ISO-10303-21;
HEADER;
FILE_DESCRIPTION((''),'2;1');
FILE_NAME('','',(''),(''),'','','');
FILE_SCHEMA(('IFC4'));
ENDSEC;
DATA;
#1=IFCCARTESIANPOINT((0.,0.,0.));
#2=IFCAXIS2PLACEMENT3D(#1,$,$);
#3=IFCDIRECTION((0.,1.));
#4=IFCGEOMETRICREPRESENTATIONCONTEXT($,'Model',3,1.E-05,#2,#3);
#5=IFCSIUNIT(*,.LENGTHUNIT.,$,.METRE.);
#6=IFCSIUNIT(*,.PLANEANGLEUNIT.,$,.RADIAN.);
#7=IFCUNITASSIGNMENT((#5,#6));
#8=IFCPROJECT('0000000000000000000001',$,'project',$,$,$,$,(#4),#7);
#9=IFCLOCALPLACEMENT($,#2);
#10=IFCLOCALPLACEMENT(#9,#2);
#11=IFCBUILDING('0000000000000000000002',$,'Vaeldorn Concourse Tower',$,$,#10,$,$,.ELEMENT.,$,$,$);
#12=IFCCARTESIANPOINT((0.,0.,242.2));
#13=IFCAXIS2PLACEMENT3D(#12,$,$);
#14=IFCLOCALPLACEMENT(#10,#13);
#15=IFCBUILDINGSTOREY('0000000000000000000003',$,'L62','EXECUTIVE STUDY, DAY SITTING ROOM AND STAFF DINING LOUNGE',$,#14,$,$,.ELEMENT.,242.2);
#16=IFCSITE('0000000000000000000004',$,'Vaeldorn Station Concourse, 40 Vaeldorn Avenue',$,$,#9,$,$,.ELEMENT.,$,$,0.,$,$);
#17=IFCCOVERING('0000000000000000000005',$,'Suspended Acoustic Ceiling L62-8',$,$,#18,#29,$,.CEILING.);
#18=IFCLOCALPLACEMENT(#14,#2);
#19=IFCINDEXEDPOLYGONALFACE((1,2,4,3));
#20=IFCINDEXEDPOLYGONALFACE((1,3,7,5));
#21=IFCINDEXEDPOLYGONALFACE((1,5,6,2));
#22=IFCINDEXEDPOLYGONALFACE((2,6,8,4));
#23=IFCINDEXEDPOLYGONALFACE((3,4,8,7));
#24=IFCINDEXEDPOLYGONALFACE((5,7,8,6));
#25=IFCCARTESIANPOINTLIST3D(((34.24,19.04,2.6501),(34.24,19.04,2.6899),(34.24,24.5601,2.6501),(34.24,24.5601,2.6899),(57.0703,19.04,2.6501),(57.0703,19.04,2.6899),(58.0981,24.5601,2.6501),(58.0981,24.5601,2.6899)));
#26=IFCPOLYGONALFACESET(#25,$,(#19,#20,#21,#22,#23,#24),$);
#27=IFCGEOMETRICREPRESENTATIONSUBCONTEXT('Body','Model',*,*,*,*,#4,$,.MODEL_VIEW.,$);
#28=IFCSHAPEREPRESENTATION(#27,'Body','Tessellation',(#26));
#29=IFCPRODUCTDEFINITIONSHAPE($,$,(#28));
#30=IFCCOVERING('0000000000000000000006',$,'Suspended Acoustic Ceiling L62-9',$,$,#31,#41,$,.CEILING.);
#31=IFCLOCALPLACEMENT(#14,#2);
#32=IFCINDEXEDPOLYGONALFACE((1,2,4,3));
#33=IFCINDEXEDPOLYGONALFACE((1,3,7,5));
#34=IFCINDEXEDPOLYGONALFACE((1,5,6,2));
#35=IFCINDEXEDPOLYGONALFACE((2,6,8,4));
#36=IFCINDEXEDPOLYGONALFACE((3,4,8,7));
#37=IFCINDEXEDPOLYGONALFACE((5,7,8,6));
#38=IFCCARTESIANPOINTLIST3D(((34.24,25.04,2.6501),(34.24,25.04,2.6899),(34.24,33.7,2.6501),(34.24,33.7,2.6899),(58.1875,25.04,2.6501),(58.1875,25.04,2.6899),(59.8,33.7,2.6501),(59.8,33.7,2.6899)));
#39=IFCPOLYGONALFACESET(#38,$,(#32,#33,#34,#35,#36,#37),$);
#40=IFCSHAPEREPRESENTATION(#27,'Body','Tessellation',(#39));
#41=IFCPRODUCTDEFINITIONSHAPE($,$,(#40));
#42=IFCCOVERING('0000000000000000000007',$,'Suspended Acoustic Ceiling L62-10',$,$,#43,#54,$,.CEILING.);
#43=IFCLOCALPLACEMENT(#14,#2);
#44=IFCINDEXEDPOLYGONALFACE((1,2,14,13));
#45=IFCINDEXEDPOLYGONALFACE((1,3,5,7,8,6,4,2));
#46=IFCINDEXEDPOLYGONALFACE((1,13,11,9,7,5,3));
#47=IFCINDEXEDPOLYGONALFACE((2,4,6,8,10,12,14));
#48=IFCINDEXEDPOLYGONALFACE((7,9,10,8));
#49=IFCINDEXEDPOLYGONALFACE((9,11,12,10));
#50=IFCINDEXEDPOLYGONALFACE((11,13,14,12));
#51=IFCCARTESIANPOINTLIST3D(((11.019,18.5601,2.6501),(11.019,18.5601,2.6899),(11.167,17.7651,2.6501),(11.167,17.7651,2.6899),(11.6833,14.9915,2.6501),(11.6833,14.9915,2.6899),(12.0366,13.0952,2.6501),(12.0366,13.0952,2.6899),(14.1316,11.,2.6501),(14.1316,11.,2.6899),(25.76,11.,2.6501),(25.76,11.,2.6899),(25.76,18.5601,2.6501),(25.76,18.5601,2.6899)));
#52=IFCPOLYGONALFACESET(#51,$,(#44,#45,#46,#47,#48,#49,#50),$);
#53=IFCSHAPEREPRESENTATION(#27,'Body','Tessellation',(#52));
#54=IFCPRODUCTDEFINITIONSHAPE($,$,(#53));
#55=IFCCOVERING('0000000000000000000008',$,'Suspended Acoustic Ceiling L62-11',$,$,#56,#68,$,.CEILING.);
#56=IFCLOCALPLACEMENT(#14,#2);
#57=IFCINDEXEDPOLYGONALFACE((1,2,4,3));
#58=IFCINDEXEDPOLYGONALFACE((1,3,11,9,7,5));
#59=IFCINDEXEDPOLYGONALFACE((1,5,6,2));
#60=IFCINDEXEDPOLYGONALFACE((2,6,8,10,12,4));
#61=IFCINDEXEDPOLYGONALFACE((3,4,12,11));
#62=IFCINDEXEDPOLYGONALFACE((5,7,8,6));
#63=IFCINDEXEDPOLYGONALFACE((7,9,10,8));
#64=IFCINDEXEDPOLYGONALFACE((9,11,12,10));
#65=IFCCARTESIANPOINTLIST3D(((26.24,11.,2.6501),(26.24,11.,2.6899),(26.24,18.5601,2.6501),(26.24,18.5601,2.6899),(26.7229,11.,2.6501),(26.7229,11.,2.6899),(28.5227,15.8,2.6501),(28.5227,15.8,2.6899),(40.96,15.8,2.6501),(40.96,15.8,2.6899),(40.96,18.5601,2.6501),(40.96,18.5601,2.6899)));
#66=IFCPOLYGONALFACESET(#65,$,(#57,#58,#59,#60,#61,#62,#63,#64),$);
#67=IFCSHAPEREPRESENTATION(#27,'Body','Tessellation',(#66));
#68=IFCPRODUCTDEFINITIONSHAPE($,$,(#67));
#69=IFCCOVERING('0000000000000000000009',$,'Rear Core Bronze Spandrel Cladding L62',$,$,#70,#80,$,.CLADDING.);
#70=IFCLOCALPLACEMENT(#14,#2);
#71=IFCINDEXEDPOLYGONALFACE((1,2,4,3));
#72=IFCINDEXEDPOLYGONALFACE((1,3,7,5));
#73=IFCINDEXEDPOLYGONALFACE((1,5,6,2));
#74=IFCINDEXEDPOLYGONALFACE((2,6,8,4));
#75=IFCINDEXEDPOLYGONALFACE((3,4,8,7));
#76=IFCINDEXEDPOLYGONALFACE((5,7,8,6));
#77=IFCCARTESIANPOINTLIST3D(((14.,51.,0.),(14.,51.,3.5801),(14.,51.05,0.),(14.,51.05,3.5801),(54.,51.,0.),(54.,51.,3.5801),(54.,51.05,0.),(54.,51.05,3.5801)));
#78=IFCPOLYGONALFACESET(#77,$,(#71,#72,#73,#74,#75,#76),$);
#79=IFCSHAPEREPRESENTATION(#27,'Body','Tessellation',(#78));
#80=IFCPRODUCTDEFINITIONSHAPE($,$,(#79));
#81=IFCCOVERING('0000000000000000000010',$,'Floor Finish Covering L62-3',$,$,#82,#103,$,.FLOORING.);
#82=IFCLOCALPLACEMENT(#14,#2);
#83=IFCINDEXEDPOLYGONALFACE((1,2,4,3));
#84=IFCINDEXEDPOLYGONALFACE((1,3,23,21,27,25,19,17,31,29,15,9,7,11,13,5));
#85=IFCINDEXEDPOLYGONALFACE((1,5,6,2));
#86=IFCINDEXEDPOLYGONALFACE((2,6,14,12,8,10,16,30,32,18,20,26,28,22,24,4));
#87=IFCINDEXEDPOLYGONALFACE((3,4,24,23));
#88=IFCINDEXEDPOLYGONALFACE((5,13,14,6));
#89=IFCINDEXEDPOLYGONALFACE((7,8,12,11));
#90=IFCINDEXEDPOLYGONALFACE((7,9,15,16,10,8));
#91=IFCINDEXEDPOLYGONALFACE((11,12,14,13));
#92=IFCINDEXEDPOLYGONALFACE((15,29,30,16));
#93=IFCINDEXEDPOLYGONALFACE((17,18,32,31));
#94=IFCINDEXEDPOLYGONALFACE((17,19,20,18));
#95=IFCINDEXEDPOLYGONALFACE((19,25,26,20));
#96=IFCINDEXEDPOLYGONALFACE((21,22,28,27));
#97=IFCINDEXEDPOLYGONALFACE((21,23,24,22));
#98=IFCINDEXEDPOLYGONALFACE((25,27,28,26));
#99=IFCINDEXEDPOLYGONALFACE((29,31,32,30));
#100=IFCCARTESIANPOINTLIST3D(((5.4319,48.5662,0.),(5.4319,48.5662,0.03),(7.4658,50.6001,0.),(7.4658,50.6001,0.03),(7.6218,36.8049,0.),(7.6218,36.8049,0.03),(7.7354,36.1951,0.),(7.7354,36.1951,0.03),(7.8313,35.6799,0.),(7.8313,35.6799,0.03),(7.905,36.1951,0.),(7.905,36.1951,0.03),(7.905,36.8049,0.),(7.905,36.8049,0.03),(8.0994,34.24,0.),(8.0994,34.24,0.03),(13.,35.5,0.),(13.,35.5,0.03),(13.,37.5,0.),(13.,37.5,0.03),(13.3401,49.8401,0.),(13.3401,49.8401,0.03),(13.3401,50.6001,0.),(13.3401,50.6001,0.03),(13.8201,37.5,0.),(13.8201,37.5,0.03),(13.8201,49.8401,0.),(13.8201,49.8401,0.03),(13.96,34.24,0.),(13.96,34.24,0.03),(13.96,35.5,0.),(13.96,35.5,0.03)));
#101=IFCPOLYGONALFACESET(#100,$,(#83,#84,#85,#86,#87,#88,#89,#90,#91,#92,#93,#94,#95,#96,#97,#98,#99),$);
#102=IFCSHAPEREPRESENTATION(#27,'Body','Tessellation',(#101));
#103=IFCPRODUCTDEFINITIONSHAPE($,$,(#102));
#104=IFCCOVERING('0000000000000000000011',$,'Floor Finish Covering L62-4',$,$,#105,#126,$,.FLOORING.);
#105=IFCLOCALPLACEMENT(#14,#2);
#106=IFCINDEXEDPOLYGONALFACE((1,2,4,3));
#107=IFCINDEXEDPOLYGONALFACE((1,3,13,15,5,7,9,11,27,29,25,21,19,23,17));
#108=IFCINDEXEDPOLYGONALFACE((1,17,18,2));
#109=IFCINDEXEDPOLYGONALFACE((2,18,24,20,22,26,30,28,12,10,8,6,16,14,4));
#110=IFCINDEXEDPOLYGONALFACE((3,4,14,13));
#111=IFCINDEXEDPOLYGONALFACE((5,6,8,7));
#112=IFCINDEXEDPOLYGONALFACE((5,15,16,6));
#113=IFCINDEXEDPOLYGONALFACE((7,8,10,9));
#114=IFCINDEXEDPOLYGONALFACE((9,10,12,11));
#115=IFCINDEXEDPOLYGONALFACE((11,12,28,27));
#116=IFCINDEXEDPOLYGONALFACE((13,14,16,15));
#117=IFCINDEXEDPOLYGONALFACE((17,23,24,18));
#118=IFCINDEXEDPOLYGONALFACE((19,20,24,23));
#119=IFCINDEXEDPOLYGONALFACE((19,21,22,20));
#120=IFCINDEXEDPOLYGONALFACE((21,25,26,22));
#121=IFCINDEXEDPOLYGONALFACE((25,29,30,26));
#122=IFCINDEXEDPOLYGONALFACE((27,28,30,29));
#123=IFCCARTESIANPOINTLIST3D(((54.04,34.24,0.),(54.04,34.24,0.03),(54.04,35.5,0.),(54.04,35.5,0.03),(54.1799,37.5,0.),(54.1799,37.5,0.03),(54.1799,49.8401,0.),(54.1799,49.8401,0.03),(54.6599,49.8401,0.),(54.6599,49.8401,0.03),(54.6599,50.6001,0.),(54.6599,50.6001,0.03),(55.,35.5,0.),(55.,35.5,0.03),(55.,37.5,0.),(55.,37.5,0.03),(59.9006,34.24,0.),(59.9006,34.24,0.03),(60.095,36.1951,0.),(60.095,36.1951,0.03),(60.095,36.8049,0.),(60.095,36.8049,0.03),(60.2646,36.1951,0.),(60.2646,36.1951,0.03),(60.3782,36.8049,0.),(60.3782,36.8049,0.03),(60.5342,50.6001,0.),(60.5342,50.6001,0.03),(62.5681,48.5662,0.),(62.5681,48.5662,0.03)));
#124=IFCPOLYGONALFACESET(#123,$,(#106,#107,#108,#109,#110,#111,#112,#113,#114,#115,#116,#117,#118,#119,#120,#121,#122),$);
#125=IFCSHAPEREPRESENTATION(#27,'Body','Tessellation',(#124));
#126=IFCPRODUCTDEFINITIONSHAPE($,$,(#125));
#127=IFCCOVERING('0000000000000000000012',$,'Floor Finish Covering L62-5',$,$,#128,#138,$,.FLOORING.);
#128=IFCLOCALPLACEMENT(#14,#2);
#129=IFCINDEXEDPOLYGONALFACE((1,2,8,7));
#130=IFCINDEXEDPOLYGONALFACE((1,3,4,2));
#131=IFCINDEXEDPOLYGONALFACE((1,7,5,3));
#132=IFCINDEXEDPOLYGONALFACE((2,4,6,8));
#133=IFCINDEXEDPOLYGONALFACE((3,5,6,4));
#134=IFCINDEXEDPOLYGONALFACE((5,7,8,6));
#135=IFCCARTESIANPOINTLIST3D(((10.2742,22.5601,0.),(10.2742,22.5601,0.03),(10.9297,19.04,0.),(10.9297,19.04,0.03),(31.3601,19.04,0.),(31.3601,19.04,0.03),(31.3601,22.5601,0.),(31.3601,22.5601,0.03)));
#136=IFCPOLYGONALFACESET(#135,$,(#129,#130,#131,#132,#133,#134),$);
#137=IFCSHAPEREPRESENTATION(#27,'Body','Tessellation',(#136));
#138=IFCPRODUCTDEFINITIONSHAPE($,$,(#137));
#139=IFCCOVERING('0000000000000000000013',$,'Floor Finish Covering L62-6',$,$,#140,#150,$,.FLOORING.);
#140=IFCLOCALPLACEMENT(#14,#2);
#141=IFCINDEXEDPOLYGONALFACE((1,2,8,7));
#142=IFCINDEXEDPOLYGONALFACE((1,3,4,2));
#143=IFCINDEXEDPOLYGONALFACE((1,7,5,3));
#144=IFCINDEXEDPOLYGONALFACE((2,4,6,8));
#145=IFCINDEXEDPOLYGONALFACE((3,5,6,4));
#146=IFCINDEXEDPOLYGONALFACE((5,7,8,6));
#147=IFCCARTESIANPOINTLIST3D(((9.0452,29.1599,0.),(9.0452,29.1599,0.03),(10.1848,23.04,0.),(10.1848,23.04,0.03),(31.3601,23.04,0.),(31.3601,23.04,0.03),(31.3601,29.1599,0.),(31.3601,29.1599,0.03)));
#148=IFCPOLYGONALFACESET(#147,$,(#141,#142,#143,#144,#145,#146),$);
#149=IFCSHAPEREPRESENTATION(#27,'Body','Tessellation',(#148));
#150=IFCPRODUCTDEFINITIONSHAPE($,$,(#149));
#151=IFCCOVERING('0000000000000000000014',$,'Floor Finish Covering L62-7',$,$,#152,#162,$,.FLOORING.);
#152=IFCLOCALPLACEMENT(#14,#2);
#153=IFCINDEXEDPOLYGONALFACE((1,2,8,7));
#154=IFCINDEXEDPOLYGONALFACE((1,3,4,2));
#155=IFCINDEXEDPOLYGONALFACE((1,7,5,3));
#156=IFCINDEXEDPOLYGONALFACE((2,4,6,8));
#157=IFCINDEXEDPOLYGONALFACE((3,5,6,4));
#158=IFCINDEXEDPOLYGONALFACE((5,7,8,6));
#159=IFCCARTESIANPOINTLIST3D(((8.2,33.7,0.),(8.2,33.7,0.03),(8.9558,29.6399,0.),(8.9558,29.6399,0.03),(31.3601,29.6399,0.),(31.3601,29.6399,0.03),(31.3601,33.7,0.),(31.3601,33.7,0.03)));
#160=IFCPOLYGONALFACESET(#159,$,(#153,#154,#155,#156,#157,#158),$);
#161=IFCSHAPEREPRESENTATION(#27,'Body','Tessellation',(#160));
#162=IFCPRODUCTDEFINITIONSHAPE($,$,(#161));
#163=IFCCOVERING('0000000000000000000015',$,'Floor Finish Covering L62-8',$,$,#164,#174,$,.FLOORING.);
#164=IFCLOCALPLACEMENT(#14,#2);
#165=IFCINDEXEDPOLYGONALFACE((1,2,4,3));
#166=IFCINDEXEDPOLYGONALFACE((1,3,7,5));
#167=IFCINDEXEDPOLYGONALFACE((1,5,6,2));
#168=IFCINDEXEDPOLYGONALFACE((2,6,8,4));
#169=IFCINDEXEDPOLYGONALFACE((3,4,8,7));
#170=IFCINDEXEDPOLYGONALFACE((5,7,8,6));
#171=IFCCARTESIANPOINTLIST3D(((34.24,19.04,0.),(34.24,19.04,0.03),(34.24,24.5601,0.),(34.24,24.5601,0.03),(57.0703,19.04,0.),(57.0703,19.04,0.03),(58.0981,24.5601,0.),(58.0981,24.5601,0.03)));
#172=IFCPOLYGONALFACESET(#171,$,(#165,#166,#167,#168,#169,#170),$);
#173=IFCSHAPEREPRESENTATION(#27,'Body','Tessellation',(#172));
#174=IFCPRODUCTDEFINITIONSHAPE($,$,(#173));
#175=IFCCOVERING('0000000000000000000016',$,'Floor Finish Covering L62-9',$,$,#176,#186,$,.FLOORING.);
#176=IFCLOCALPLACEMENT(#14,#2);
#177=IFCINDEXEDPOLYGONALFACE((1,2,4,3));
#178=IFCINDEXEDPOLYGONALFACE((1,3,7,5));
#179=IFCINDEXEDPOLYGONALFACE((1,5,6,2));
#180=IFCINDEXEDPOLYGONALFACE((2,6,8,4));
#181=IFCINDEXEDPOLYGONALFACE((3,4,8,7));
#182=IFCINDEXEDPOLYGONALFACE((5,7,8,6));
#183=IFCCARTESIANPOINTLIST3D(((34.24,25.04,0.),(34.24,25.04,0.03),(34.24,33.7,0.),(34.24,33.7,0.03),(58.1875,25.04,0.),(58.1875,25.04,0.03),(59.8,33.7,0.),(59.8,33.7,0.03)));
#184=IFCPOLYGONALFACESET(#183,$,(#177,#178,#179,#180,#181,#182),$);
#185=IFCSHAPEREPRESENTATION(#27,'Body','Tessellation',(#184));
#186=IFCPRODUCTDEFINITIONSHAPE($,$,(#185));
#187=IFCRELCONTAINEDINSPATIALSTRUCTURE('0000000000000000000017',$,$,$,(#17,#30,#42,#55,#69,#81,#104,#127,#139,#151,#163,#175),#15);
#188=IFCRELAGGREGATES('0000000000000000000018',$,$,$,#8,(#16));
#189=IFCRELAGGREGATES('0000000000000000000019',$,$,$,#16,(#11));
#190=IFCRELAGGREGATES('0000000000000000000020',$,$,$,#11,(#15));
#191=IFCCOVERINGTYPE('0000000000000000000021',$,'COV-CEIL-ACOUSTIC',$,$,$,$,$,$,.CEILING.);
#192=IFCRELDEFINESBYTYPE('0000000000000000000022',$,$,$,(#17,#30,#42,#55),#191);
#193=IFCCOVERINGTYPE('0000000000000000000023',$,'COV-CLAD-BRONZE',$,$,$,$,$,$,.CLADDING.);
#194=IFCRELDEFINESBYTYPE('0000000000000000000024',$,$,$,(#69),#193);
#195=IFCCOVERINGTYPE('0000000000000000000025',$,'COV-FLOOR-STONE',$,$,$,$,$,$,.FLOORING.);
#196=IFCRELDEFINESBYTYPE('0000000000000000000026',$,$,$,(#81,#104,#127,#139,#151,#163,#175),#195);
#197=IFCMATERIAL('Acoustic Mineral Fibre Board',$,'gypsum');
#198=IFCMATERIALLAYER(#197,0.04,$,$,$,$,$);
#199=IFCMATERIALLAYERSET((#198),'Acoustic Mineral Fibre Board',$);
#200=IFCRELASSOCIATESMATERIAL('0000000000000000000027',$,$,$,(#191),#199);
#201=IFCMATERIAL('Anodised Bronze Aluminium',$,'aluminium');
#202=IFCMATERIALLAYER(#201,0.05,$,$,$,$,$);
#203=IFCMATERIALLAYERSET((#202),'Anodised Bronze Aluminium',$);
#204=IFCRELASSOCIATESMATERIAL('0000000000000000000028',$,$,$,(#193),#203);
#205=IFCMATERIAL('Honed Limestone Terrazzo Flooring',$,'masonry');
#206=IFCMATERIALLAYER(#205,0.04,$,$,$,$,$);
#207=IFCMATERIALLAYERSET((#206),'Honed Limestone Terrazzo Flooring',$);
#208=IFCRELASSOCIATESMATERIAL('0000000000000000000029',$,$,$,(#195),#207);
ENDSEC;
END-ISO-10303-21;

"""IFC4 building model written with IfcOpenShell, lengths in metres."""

from ifc_helpers import new_model, si_unit, direction, frame, origin, place, context, subcontext, project, spatial, polyline, outline, extrude, material, layer, layer_set, type_object, element, save


model = new_model("IFC4")

# Units and contexts
model_context = context("Model", 3, precision=1e-05, world=origin(), true_north=direction((0.0, 1.0)))
body_context = subcontext(model_context, "Body", "Model", "MODEL_VIEW")
ifc_project = project(units=[si_unit("LENGTHUNIT", "METRE"), si_unit("PLANEANGLEUNIT", "RADIAN")], contexts=[model_context])

# Site, building, storey
site_placement = place(None, origin())
site = spatial("IfcSite", under=ifc_project, at=site_placement, Name="Vaeldorn Station Concourse, 40 Vaeldorn Avenue", CompositionType="ELEMENT", RefElevation=0.0)
building_placement = place(site_placement, origin())
building = spatial("IfcBuilding", under=site, at=building_placement, Name="Vaeldorn Concourse Tower", CompositionType="ELEMENT")
storey_placement = place(building_placement, frame((0.0, 0.0, 242.2)))
storey = spatial("IfcBuildingStorey", under=building, at=storey_placement, Name="L62", Description="EXECUTIVE STUDY, DAY SITTING ROOM AND STAFF DINING LOUNGE", CompositionType="ELEMENT", Elevation=242.2)

# Coverings
ifc_material_1 = material(Name="Acoustic Mineral Fibre Board", Category="gypsum")
ifc_layer_1 = layer(ifc_material_1, 0.04)
ifc_layer_set_1 = layer_set([ifc_layer_1], Name="Acoustic Mineral Fibre Board")
covering_type_1 = type_object("IfcCoveringType", Name="COV-CEIL-ACOUSTIC", PredefinedType="CEILING", material=ifc_layer_set_1)
covering_1_placement = place(storey_placement, frame((0.0, 0.0, 2.6501)))
element("IfcCovering", 1, at=covering_1_placement, inside=storey, type_object=covering_type_1, Name="Suspended Acoustic Ceiling L62-8", PredefinedType="CEILING", context=body_context, shape_type="SweptSolid", body=[
    extrude(outline(polyline([(34.24, 19.04), (34.24, 24.5601), (58.0981, 24.5601), (57.0703, 19.04), (34.24, 19.04)])), origin(), (0.0, 0.0, 1.0), 0.0398),
])
covering_2_placement = place(storey_placement, frame((0.0, 0.0, 2.6501)))
element("IfcCovering", 2, at=covering_2_placement, inside=storey, type_object=covering_type_1, Name="Suspended Acoustic Ceiling L62-9", PredefinedType="CEILING", context=body_context, shape_type="SweptSolid", body=[
    extrude(outline(polyline([(34.24, 25.04), (34.24, 33.7), (59.8, 33.7), (58.1875, 25.04), (34.24, 25.04)])), origin(), (0.0, 0.0, 1.0), 0.0398),
])
covering_3_placement = place(storey_placement, frame((0.0, 0.0, 2.6501)))
element("IfcCovering", 3, at=covering_3_placement, inside=storey, type_object=covering_type_1, Name="Suspended Acoustic Ceiling L62-10", PredefinedType="CEILING", context=body_context, shape_type="SweptSolid", body=[
    extrude(outline(polyline([(25.76, 18.5601), (25.76, 11.0), (14.1316, 11.0), (12.0366, 13.0952), (11.6833, 14.9915), (11.167, 17.7651), (11.019, 18.5601), (25.76, 18.5601)])), origin(), (0.0, 0.0, 1.0), 0.0398),
])
covering_4_placement = place(storey_placement, frame((0.0, 0.0, 2.6501)))
element("IfcCovering", 4, at=covering_4_placement, inside=storey, type_object=covering_type_1, Name="Suspended Acoustic Ceiling L62-11", PredefinedType="CEILING", context=body_context, shape_type="SweptSolid", body=[
    extrude(outline(polyline([(26.7229, 11.0), (26.24, 11.0), (26.24, 18.5601), (40.96, 18.5601), (40.96, 15.8), (28.5227, 15.8), (26.7229, 11.0)])), origin(), (0.0, 0.0, 1.0), 0.0398),
])
ifc_material_2 = material(Name="Anodised Bronze Aluminium", Category="aluminium")
ifc_layer_2 = layer(ifc_material_2, 0.05)
ifc_layer_set_2 = layer_set([ifc_layer_2], Name="Anodised Bronze Aluminium")
covering_type_2 = type_object("IfcCoveringType", Name="COV-CLAD-BRONZE", PredefinedType="CLADDING", material=ifc_layer_set_2)
covering_5_placement = place(storey_placement, origin())
element("IfcCovering", 5, at=covering_5_placement, inside=storey, type_object=covering_type_2, Name="Rear Core Bronze Spandrel Cladding L62", PredefinedType="CLADDING", context=body_context, shape_type="SweptSolid", body=[
    extrude(outline(polyline([(14.0, 51.0), (54.0, 51.0), (54.0, 51.05), (14.0, 51.05), (14.0, 51.0)])), origin(), (0.0, 0.0, 1.0), 3.5801),
])
ifc_material_3 = material(Name="Honed Limestone Terrazzo Flooring", Category="masonry")
ifc_layer_3 = layer(ifc_material_3, 0.04)
ifc_layer_set_3 = layer_set([ifc_layer_3], Name="Honed Limestone Terrazzo Flooring")
covering_type_3 = type_object("IfcCoveringType", Name="COV-FLOOR-STONE", PredefinedType="FLOORING", material=ifc_layer_set_3)
covering_6_placement = place(storey_placement, origin())
element("IfcCovering", 6, at=covering_6_placement, inside=storey, type_object=covering_type_3, Name="Floor Finish Covering L62-3", PredefinedType="FLOORING", context=body_context, shape_type="SweptSolid", body=[
    extrude(outline(polyline([(7.4658, 50.6001), (13.3401, 50.6001), (13.3401, 49.8401), (13.8201, 49.8401), (13.8201, 37.5), (13.0, 37.5), (13.0, 35.5), (13.96, 35.5), (13.96, 34.24), (8.0994, 34.24), (7.8313, 35.6799), (7.8313, 35.6799), (7.7354, 36.1951), (7.905, 36.1951), (7.905, 36.8049), (7.6218, 36.8049), (5.4319, 48.5662), (7.4658, 50.6001)])), origin(), (0.0, 0.0, 1.0), 0.03),
])
covering_7_placement = place(storey_placement, origin())
element("IfcCovering", 7, at=covering_7_placement, inside=storey, type_object=covering_type_3, Name="Floor Finish Covering L62-4", PredefinedType="FLOORING", context=body_context, shape_type="SweptSolid", body=[
    extrude(outline(polyline([(54.1799, 49.8401), (54.6599, 49.8401), (54.6599, 50.6001), (60.5342, 50.6001), (62.5681, 48.5662), (60.3782, 36.8049), (60.095, 36.8049), (60.095, 36.1951), (60.2646, 36.1951), (59.9006, 34.24), (54.04, 34.24), (54.04, 35.5), (55.0, 35.5), (55.0, 37.5), (54.1799, 37.5), (54.1799, 49.8401)])), origin(), (0.0, 0.0, 1.0), 0.03),
])
covering_8_placement = place(storey_placement, origin())
element("IfcCovering", 8, at=covering_8_placement, inside=storey, type_object=covering_type_3, Name="Floor Finish Covering L62-5", PredefinedType="FLOORING", context=body_context, shape_type="SweptSolid", body=[
    extrude(outline(polyline([(31.3601, 22.5601), (31.3601, 19.04), (10.9297, 19.04), (10.2742, 22.5601), (31.3601, 22.5601)])), origin(), (0.0, 0.0, 1.0), 0.03),
])
covering_9_placement = place(storey_placement, origin())
element("IfcCovering", 9, at=covering_9_placement, inside=storey, type_object=covering_type_3, Name="Floor Finish Covering L62-6", PredefinedType="FLOORING", context=body_context, shape_type="SweptSolid", body=[
    extrude(outline(polyline([(31.3601, 29.1599), (31.3601, 23.04), (10.1848, 23.04), (9.0452, 29.1599), (31.3601, 29.1599)])), origin(), (0.0, 0.0, 1.0), 0.03),
])
covering_10_placement = place(storey_placement, origin())
element("IfcCovering", 10, at=covering_10_placement, inside=storey, type_object=covering_type_3, Name="Floor Finish Covering L62-7", PredefinedType="FLOORING", context=body_context, shape_type="SweptSolid", body=[
    extrude(outline(polyline([(31.3601, 33.7), (31.3601, 29.6399), (8.9558, 29.6399), (8.2, 33.7), (31.3601, 33.7)])), origin(), (0.0, 0.0, 1.0), 0.03),
])
covering_11_placement = place(storey_placement, origin())
element("IfcCovering", 11, at=covering_11_placement, inside=storey, type_object=covering_type_3, Name="Floor Finish Covering L62-8", PredefinedType="FLOORING", context=body_context, shape_type="SweptSolid", body=[
    extrude(outline(polyline([(34.24, 19.04), (34.24, 24.5601), (58.0981, 24.5601), (57.0703, 19.04), (34.24, 19.04)])), origin(), (0.0, 0.0, 1.0), 0.03),
])
covering_12_placement = place(storey_placement, origin())
element("IfcCovering", 12, at=covering_12_placement, inside=storey, type_object=covering_type_3, Name="Floor Finish Covering L62-9", PredefinedType="FLOORING", context=body_context, shape_type="SweptSolid", body=[
    extrude(outline(polyline([(34.24, 25.04), (34.24, 33.7), (59.8, 33.7), (58.1875, 25.04), (34.24, 25.04)])), origin(), (0.0, 0.0, 1.0), 0.03),
])

save(model, "model.ifc")
